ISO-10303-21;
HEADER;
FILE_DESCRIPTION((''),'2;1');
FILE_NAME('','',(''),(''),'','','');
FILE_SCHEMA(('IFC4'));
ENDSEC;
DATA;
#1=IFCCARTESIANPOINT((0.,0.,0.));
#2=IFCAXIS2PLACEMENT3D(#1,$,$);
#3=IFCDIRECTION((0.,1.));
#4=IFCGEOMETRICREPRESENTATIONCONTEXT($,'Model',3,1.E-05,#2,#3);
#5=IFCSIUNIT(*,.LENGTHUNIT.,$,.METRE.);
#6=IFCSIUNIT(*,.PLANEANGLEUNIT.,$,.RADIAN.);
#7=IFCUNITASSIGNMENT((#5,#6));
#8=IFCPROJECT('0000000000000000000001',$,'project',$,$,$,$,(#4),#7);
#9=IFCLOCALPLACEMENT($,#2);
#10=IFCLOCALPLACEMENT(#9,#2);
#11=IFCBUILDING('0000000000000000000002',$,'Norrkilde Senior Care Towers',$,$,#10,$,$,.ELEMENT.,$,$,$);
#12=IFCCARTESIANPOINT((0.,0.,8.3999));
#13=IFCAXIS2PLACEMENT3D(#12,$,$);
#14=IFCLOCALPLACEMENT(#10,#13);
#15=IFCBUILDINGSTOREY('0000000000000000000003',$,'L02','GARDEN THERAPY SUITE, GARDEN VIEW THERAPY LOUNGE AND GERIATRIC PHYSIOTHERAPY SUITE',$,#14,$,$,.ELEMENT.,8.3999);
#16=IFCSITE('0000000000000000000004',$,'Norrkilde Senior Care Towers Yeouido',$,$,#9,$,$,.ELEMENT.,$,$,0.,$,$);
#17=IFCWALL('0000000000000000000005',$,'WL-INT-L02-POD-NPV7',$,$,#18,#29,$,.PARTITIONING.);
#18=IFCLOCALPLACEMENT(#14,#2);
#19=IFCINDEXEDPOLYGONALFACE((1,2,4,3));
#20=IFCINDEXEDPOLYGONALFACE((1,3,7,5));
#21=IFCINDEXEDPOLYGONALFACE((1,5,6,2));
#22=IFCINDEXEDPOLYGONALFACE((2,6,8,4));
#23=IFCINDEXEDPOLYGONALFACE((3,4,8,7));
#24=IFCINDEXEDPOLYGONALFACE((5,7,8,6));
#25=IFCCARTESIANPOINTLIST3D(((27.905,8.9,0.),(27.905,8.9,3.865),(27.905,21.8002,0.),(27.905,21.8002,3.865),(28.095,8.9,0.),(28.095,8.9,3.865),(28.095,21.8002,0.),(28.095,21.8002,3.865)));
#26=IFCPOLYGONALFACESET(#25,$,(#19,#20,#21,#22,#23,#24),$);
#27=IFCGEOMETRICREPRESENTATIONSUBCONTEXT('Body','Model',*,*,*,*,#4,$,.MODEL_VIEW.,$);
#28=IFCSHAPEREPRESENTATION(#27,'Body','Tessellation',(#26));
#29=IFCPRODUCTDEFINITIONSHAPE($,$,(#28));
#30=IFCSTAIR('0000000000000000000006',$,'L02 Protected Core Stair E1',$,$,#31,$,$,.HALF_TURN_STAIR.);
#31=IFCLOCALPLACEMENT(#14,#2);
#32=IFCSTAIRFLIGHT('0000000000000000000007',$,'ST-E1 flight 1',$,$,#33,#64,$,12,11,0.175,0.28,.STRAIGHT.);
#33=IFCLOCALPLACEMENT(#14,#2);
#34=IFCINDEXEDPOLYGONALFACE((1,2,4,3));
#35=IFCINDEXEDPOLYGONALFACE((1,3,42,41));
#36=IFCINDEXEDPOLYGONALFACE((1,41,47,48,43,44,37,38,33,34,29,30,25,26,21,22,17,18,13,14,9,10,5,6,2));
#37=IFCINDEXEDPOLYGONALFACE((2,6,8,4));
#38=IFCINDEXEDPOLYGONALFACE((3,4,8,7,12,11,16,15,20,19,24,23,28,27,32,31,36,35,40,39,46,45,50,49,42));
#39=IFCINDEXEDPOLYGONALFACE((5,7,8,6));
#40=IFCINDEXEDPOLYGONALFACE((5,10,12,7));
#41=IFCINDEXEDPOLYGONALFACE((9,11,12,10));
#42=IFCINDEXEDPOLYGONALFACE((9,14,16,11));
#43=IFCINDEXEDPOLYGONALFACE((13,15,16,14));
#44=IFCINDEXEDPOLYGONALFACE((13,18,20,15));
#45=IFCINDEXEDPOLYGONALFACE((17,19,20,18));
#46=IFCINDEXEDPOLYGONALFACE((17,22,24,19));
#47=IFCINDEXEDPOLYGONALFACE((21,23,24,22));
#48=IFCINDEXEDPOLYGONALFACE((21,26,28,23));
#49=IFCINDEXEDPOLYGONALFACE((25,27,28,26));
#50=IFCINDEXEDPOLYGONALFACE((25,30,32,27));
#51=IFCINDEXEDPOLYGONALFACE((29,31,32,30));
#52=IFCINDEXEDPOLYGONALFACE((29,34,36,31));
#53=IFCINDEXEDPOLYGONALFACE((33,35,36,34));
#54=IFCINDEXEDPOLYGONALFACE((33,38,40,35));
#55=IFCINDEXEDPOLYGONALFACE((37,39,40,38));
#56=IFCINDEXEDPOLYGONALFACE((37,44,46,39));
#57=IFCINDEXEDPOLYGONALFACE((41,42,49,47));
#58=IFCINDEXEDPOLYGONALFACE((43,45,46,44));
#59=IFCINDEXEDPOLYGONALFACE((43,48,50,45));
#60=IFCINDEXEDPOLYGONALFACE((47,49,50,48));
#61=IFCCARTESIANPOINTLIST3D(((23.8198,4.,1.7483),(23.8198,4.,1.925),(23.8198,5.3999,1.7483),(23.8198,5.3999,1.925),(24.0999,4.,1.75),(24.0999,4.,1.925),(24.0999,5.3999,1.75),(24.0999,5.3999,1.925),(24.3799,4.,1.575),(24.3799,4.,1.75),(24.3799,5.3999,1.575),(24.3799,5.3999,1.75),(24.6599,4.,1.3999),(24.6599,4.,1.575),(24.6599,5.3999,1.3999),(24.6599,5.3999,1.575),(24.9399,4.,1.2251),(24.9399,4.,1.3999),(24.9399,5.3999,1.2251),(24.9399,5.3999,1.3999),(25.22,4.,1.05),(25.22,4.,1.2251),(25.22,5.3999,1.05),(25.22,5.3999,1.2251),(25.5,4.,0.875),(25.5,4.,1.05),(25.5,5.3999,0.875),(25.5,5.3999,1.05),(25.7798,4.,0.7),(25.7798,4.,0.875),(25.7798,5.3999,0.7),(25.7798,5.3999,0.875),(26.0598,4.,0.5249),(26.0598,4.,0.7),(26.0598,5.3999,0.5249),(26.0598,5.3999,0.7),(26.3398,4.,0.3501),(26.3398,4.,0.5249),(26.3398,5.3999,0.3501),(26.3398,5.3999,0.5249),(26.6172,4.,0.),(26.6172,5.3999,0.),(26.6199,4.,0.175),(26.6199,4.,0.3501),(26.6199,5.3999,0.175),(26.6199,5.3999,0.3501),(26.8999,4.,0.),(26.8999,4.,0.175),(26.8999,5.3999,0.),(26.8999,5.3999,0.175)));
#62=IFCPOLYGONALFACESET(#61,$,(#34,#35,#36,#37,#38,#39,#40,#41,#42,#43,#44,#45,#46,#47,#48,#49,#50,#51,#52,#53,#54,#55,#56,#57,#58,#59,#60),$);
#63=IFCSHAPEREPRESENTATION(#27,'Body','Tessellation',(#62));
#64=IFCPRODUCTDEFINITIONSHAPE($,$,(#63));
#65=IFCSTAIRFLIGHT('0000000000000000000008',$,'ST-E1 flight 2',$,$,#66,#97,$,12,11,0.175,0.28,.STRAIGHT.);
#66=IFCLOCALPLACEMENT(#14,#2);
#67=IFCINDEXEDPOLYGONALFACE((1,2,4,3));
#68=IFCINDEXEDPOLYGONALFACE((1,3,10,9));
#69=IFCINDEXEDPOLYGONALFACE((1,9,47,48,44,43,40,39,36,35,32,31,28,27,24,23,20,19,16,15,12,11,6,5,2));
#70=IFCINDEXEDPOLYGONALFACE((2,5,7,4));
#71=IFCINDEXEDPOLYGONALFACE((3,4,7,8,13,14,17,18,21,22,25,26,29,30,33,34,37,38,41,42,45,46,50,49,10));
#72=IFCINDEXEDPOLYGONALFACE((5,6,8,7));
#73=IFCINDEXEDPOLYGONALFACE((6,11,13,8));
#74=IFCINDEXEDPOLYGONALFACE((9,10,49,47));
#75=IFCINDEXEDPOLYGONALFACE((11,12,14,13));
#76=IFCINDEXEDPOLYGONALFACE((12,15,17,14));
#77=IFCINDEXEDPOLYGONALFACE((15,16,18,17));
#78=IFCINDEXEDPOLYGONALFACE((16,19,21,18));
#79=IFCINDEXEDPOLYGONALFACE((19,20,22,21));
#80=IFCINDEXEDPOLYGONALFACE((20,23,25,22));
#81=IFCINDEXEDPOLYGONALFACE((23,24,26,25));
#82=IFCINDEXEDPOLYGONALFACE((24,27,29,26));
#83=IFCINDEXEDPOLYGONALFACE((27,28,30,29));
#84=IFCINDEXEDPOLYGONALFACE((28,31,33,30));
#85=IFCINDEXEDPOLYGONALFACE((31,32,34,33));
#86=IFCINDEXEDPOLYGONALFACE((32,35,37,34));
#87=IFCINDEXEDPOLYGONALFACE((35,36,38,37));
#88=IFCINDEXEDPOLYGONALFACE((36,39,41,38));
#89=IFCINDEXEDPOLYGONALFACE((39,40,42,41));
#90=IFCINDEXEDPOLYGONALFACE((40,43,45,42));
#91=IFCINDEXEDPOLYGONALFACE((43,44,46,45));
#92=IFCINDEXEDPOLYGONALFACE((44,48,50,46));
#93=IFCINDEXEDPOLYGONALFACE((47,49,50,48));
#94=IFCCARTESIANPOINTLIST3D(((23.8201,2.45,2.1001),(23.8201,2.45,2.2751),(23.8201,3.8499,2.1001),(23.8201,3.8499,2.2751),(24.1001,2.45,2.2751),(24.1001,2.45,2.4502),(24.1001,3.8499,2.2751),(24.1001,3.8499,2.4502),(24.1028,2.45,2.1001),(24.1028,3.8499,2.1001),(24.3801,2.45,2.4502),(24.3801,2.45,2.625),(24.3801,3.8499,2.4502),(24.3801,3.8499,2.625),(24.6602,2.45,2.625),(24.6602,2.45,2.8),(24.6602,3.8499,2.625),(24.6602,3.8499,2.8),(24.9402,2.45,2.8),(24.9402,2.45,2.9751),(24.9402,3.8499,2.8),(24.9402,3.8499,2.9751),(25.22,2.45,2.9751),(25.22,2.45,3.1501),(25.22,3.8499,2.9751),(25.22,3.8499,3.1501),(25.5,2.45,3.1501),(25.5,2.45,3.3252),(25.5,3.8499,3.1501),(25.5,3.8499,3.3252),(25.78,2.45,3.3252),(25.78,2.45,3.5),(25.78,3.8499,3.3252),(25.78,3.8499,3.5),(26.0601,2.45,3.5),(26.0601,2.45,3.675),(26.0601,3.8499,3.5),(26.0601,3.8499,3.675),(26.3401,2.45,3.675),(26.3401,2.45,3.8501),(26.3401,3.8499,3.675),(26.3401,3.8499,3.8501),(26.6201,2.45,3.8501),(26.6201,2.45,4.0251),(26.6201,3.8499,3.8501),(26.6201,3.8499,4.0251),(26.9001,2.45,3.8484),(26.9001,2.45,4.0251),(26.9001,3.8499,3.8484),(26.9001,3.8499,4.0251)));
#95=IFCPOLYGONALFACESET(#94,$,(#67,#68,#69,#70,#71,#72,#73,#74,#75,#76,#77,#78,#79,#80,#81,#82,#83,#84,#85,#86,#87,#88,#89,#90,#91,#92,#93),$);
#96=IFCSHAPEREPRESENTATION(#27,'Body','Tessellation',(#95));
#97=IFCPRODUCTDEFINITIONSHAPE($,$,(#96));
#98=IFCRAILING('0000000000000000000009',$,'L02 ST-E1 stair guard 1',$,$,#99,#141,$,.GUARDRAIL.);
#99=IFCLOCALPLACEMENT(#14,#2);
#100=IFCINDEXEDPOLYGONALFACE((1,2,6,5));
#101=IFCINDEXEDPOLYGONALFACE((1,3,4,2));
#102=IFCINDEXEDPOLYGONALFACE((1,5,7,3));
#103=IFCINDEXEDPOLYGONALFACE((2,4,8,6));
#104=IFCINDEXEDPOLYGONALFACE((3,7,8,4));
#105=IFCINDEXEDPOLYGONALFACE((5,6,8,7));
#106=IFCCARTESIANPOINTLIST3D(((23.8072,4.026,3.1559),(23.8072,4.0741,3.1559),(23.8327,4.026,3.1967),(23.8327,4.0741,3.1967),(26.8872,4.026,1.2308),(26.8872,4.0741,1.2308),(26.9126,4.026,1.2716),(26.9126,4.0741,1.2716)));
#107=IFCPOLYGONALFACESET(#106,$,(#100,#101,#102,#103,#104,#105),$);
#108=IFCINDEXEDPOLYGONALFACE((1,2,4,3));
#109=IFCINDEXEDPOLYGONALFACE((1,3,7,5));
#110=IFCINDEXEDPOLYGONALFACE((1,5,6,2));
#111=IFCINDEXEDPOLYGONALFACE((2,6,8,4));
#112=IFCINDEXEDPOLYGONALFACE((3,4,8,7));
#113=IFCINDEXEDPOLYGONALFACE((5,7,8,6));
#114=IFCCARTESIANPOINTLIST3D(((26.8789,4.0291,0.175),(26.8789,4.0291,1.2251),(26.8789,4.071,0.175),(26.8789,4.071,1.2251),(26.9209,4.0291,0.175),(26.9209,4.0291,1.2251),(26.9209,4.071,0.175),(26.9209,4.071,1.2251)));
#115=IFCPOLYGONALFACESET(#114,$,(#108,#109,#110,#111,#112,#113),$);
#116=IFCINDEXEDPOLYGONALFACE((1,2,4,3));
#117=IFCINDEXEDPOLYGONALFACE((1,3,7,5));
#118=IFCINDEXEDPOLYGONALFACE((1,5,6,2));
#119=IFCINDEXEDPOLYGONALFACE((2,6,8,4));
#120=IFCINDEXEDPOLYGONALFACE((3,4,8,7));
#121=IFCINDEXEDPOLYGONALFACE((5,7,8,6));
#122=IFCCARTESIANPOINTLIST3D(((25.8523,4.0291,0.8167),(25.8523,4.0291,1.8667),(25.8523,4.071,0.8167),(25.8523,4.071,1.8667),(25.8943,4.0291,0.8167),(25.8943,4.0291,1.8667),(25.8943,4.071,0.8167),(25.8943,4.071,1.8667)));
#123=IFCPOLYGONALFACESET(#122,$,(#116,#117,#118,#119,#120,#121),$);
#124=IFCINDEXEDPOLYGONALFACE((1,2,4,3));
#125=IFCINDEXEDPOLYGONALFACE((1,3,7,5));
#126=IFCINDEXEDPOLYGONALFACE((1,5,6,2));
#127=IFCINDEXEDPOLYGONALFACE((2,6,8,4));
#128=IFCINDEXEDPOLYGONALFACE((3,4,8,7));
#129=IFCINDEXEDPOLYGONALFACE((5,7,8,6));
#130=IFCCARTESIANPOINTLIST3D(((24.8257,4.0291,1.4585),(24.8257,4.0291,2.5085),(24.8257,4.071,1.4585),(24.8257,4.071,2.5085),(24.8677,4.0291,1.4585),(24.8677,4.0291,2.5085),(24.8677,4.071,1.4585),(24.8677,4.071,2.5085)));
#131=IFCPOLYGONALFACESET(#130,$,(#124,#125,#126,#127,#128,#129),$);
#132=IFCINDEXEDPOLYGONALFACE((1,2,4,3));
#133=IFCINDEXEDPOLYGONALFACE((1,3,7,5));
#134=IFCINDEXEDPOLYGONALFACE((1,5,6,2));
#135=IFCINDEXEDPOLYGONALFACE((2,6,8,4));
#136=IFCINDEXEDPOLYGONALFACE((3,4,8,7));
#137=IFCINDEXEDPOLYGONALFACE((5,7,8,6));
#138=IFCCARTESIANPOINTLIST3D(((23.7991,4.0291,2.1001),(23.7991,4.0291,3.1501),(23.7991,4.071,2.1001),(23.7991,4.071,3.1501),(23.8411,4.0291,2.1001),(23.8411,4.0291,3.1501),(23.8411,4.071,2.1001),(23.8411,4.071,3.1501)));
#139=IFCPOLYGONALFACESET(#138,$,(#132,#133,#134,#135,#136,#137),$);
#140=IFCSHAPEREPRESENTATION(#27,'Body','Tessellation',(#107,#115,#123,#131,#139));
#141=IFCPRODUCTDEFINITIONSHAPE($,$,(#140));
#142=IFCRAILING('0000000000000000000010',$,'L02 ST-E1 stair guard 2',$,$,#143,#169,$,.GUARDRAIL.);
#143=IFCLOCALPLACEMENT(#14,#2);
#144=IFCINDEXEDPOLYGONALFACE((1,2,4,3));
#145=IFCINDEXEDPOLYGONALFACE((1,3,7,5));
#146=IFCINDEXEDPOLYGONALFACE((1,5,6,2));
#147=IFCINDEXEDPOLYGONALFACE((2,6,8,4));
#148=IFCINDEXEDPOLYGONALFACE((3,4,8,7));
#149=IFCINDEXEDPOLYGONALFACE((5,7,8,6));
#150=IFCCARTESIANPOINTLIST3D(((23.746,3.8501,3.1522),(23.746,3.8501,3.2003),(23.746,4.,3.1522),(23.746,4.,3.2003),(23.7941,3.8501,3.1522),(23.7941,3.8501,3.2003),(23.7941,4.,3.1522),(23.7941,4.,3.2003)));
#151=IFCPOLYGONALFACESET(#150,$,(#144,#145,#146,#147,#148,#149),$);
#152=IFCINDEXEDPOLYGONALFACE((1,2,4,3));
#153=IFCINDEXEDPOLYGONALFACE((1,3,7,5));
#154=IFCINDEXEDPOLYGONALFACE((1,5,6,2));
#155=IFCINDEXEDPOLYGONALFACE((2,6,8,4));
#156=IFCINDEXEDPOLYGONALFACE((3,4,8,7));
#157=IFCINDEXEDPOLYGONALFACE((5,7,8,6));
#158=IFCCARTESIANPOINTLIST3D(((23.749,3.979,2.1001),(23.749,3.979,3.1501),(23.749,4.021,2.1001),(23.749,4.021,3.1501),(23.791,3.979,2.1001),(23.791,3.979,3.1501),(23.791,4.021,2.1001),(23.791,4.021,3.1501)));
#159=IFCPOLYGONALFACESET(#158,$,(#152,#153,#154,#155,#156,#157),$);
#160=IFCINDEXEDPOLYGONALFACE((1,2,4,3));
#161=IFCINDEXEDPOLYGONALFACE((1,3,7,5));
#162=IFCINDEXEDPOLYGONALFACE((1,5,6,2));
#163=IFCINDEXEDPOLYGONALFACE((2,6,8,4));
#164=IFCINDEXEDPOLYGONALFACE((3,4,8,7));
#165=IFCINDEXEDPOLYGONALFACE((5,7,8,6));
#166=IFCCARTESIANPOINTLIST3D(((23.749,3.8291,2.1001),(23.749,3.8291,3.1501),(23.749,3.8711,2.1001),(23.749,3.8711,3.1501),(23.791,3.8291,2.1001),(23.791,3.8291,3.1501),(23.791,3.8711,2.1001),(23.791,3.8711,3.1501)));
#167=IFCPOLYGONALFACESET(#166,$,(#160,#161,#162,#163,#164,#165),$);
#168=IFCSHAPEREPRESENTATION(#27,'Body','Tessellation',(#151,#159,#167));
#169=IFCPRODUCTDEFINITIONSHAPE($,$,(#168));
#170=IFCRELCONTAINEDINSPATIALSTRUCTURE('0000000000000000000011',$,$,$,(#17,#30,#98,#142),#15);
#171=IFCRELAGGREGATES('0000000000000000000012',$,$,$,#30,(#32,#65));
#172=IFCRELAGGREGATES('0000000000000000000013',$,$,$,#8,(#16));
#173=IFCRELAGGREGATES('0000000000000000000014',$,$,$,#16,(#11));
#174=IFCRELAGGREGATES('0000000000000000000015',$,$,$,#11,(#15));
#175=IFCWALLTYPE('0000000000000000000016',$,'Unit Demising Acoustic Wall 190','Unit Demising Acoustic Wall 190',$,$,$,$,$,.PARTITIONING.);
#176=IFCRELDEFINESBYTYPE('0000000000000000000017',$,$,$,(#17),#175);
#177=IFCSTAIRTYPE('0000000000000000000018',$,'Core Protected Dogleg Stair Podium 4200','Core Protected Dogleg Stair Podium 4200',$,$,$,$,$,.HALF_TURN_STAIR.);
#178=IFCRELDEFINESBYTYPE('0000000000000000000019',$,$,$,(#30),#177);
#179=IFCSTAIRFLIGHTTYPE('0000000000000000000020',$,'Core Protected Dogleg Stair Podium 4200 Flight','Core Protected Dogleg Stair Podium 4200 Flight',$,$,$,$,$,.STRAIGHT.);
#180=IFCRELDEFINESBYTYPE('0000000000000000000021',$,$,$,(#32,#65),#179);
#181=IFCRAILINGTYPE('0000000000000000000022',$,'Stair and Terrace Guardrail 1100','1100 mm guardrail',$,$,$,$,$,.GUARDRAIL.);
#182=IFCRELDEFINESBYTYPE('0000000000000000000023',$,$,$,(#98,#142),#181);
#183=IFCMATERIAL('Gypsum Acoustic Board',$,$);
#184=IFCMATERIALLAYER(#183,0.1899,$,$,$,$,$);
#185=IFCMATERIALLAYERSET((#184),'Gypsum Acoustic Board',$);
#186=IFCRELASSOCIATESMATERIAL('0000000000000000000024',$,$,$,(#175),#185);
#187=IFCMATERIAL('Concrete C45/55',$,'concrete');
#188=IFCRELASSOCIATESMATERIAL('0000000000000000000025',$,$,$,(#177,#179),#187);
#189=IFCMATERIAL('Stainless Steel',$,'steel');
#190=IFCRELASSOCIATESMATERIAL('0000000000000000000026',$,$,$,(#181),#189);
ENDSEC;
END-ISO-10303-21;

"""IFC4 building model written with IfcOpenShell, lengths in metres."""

from ifc_helpers import new_model, si_unit, direction, frame, frame_2d, origin, origin_2d, place, context, subcontext, project, spatial, polyline, rectangle, outline, extrude, source, transform, mapped, material, layer, layer_set, type_object, type_shapes, element, aggregate, save


model = new_model("IFC4")

# Units and contexts
model_context = context("Model", 3, precision=1e-05, world=origin(), true_north=direction((0.0, 1.0)))
body_context = subcontext(model_context, "Body", "Model", "MODEL_VIEW")
ifc_project = project(units=[si_unit("LENGTHUNIT", "METRE"), si_unit("PLANEANGLEUNIT", "RADIAN")], contexts=[model_context])

# Site, building, storey
site_placement = place(None, origin())
site = spatial("IfcSite", under=ifc_project, at=site_placement, Name="Norrkilde Senior Care Towers Yeouido", CompositionType="ELEMENT", RefElevation=0.0)
building_placement = place(site_placement, origin())
building = spatial("IfcBuilding", under=site, at=building_placement, Name="Norrkilde Senior Care Towers", CompositionType="ELEMENT")
storey_placement = place(building_placement, frame((0.0, 0.0, 8.3999)))
storey = spatial("IfcBuildingStorey", under=building, at=storey_placement, Name="L02", Description="GARDEN THERAPY SUITE, GARDEN VIEW THERAPY LOUNGE AND GERIATRIC PHYSIOTHERAPY SUITE", CompositionType="ELEMENT", Elevation=8.3999)

# Shared definitions
ifc_material_1 = material(Name="Concrete C45/55", Category="concrete")
ifc_material_2 = material(Name="Stainless Steel", Category="steel")

# Shared definitions
ifc_material_3 = material(Name="Gypsum Acoustic Board")

# Wall
ifc_layer_1 = layer(ifc_material_3, 0.1899)
ifc_layer_set_1 = layer_set([ifc_layer_1], Name="Gypsum Acoustic Board")
wall_type_1 = type_object("IfcWallType", Name="Unit Demising Acoustic Wall 190", Description="Unit Demising Acoustic Wall 190", PredefinedType="PARTITIONING", material=ifc_layer_set_1)
shared_shape_1 = source(origin(), body_context, "Body", "SweptSolid", [
    extrude(rectangle(XDim=12.9001, YDim=0.1899, at=frame_2d((6.4502, 0.0))), origin(), (0.0, 0.0, 1.0), 3.865),
])
type_shapes(wall_type_1, [shared_shape_1])
wall_1_placement = place(storey_placement, frame((28.0, 8.8999, 0.0), z_axis=(0.0, 0.0, 1.0), x_axis=(0.0, 1.0, 0.0)))
element("IfcWall", 1, at=wall_1_placement, inside=storey, type_object=wall_type_1, Name="WL-INT-L02-POD-NPV7", PredefinedType="PARTITIONING", context=body_context, shape_type="MappedRepresentation", body=[
    mapped(shared_shape_1, transform((0.0, 0.0, 0.0), x_axis=(1.0, 0.0, 0.0), y_axis=(0.0, 1.0, 0.0), z_axis=(0.0, 0.0, 1.0), scale=1.0)),
])

# Stair, stair flights
stair_type = type_object("IfcStairType", Name="Core Protected Dogleg Stair Podium 4200", Description="Core Protected Dogleg Stair Podium 4200", PredefinedType="HALF_TURN_STAIR", material=ifc_material_1)
stair_placement = place(storey_placement, origin())
stair = element("IfcStair", 2, at=stair_placement, inside=storey, type_object=stair_type, Name="L02 Protected Core Stair E1", PredefinedType="HALF_TURN_STAIR")
stair_flight_type = type_object("IfcStairFlightType", Name="Core Protected Dogleg Stair Podium 4200 Flight", Description="Core Protected Dogleg Stair Podium 4200 Flight", PredefinedType="STRAIGHT", material=ifc_material_1)
stair_flight_1_placement = place(storey_placement, frame((26.8999, 4.7, 0.0), z_axis=(0.0, 0.0, 1.0), x_axis=(-1.0, 0.0, 0.0)))
stair_flight_1 = element("IfcStairFlight", 3, at=stair_flight_1_placement, type_object=stair_flight_type, Name="ST-E1 flight 1", NumberOfRisers=12, NumberOfTreads=11, PredefinedType="STRAIGHT", RiserHeight=0.175, TreadLength=0.28, context=body_context, shape_type="SweptSolid", body=[
    extrude(outline(polyline([(0.0, 0.0), (0.0, 0.175), (0.28, 0.175), (0.28, 0.3501), (0.5601, 0.3501), (0.5601, 0.5249), (0.8401, 0.5249), (0.8401, 0.7), (1.1201, 0.7), (1.1201, 0.875), (1.3999, 0.875), (1.3999, 1.05), (1.6799, 1.05), (1.6799, 1.2251), (1.96, 1.2251), (1.96, 1.3999), (2.24, 1.3999), (2.24, 1.575), (2.52, 1.575), (2.52, 1.75), (2.8, 1.75), (2.8, 1.925), (3.0801, 1.925), (3.0801, 2.1001), (3.0801, 1.7483), (0.2827, 0.0), (0.0, 0.0)])), frame((0.0, 0.7, 0.0), z_axis=(0.0, -1.0, 0.0), x_axis=(1.0, 0.0, 0.0)), (0.0, 0.0, 1.0), 1.3999),
])
stair_flight_2_placement = place(storey_placement, frame((23.8201, 3.1499, 2.1001), z_axis=(0.0, 0.0, 1.0), x_axis=(1.0, 0.0, 0.0)))
stair_flight_2 = element("IfcStairFlight", 4, at=stair_flight_2_placement, type_object=stair_flight_type, Name="ST-E1 flight 2", NumberOfRisers=12, NumberOfTreads=11, PredefinedType="STRAIGHT", RiserHeight=0.175, TreadLength=0.28, context=body_context, shape_type="SweptSolid", body=[
    extrude(outline(polyline([(0.0, 0.0), (0.0, 0.175), (0.28, 0.175), (0.28, 0.3501), (0.5601, 0.3501), (0.5601, 0.5249), (0.8401, 0.5249), (0.8401, 0.7), (1.1201, 0.7), (1.1201, 0.875), (1.3999, 0.875), (1.3999, 1.05), (1.6799, 1.05), (1.6799, 1.2251), (1.96, 1.2251), (1.96, 1.3999), (2.24, 1.3999), (2.24, 1.575), (2.52, 1.575), (2.52, 1.75), (2.8, 1.75), (2.8, 1.925), (3.0801, 1.925), (3.0801, 2.1001), (3.0801, 1.7483), (0.2827, 0.0), (0.0, 0.0)])), frame((0.0, 0.7, 0.0), z_axis=(0.0, -1.0, 0.0), x_axis=(1.0, 0.0, 0.0)), (0.0, 0.0, 1.0), 1.3999),
])
aggregate(stair, [stair_flight_1, stair_flight_2])

# Railings
railing_type_1 = type_object("IfcRailingType", Name="Stair and Terrace Guardrail 1100", Description="1100 mm guardrail", PredefinedType="GUARDRAIL", material=ifc_material_2)
railing_1_placement = place(storey_placement, frame((26.8999, 4.05, 0.175)))
element("IfcRailing", 5, at=railing_1_placement, inside=storey, type_object=railing_type_1, Name="L02 ST-E1 stair guard 1", PredefinedType="GUARDRAIL", context=body_context, shape_type="SweptSolid", body=[
    extrude(rectangle(XDim=0.0481, YDim=0.0481, at=origin_2d()), frame((0.0, 0.0, 1.0762), z_axis=(-0.847979, 0.0, 0.530029), x_axis=(0.0, -1.0, 0.0)), (0.0, 0.0, 1.0), 3.6321),
    extrude(rectangle(XDim=0.042, YDim=0.042, at=origin_2d()), origin(), (0.0, 0.0, 1.0), 1.05),
    extrude(rectangle(XDim=0.042, YDim=0.042, at=origin_2d()), frame((-1.0266, 0.0, 0.6416)), (0.0, 0.0, 1.0), 1.05),
    extrude(rectangle(XDim=0.042, YDim=0.042, at=origin_2d()), frame((-2.0532, 0.0, 1.2834)), (0.0, 0.0, 1.0), 1.05),
    extrude(rectangle(XDim=0.042, YDim=0.042, at=origin_2d()), frame((-3.0798, 0.0, 1.925)), (0.0, 0.0, 1.0), 1.05),
])
railing_2_placement = place(storey_placement, frame((23.77, 4.0, 2.1001)))
element("IfcRailing", 6, at=railing_2_placement, inside=storey, type_object=railing_type_1, Name="L02 ST-E1 stair guard 2", PredefinedType="GUARDRAIL", context=body_context, shape_type="SweptSolid", body=[
    extrude(rectangle(XDim=0.0481, YDim=0.0481, at=origin_2d()), frame((0.0, 0.0, 1.0762), z_axis=(0.0, -1.0, 0.0), x_axis=(1.0, 0.0, 0.0)), (0.0, 0.0, 1.0), 0.1499),
    extrude(rectangle(XDim=0.042, YDim=0.042, at=origin_2d()), origin(), (0.0, 0.0, 1.0), 1.05),
    extrude(rectangle(XDim=0.042, YDim=0.042, at=origin_2d()), frame((0.0, -0.1499, 0.0)), (0.0, 0.0, 1.0), 1.05),
])

save(model, "model.ifc")
